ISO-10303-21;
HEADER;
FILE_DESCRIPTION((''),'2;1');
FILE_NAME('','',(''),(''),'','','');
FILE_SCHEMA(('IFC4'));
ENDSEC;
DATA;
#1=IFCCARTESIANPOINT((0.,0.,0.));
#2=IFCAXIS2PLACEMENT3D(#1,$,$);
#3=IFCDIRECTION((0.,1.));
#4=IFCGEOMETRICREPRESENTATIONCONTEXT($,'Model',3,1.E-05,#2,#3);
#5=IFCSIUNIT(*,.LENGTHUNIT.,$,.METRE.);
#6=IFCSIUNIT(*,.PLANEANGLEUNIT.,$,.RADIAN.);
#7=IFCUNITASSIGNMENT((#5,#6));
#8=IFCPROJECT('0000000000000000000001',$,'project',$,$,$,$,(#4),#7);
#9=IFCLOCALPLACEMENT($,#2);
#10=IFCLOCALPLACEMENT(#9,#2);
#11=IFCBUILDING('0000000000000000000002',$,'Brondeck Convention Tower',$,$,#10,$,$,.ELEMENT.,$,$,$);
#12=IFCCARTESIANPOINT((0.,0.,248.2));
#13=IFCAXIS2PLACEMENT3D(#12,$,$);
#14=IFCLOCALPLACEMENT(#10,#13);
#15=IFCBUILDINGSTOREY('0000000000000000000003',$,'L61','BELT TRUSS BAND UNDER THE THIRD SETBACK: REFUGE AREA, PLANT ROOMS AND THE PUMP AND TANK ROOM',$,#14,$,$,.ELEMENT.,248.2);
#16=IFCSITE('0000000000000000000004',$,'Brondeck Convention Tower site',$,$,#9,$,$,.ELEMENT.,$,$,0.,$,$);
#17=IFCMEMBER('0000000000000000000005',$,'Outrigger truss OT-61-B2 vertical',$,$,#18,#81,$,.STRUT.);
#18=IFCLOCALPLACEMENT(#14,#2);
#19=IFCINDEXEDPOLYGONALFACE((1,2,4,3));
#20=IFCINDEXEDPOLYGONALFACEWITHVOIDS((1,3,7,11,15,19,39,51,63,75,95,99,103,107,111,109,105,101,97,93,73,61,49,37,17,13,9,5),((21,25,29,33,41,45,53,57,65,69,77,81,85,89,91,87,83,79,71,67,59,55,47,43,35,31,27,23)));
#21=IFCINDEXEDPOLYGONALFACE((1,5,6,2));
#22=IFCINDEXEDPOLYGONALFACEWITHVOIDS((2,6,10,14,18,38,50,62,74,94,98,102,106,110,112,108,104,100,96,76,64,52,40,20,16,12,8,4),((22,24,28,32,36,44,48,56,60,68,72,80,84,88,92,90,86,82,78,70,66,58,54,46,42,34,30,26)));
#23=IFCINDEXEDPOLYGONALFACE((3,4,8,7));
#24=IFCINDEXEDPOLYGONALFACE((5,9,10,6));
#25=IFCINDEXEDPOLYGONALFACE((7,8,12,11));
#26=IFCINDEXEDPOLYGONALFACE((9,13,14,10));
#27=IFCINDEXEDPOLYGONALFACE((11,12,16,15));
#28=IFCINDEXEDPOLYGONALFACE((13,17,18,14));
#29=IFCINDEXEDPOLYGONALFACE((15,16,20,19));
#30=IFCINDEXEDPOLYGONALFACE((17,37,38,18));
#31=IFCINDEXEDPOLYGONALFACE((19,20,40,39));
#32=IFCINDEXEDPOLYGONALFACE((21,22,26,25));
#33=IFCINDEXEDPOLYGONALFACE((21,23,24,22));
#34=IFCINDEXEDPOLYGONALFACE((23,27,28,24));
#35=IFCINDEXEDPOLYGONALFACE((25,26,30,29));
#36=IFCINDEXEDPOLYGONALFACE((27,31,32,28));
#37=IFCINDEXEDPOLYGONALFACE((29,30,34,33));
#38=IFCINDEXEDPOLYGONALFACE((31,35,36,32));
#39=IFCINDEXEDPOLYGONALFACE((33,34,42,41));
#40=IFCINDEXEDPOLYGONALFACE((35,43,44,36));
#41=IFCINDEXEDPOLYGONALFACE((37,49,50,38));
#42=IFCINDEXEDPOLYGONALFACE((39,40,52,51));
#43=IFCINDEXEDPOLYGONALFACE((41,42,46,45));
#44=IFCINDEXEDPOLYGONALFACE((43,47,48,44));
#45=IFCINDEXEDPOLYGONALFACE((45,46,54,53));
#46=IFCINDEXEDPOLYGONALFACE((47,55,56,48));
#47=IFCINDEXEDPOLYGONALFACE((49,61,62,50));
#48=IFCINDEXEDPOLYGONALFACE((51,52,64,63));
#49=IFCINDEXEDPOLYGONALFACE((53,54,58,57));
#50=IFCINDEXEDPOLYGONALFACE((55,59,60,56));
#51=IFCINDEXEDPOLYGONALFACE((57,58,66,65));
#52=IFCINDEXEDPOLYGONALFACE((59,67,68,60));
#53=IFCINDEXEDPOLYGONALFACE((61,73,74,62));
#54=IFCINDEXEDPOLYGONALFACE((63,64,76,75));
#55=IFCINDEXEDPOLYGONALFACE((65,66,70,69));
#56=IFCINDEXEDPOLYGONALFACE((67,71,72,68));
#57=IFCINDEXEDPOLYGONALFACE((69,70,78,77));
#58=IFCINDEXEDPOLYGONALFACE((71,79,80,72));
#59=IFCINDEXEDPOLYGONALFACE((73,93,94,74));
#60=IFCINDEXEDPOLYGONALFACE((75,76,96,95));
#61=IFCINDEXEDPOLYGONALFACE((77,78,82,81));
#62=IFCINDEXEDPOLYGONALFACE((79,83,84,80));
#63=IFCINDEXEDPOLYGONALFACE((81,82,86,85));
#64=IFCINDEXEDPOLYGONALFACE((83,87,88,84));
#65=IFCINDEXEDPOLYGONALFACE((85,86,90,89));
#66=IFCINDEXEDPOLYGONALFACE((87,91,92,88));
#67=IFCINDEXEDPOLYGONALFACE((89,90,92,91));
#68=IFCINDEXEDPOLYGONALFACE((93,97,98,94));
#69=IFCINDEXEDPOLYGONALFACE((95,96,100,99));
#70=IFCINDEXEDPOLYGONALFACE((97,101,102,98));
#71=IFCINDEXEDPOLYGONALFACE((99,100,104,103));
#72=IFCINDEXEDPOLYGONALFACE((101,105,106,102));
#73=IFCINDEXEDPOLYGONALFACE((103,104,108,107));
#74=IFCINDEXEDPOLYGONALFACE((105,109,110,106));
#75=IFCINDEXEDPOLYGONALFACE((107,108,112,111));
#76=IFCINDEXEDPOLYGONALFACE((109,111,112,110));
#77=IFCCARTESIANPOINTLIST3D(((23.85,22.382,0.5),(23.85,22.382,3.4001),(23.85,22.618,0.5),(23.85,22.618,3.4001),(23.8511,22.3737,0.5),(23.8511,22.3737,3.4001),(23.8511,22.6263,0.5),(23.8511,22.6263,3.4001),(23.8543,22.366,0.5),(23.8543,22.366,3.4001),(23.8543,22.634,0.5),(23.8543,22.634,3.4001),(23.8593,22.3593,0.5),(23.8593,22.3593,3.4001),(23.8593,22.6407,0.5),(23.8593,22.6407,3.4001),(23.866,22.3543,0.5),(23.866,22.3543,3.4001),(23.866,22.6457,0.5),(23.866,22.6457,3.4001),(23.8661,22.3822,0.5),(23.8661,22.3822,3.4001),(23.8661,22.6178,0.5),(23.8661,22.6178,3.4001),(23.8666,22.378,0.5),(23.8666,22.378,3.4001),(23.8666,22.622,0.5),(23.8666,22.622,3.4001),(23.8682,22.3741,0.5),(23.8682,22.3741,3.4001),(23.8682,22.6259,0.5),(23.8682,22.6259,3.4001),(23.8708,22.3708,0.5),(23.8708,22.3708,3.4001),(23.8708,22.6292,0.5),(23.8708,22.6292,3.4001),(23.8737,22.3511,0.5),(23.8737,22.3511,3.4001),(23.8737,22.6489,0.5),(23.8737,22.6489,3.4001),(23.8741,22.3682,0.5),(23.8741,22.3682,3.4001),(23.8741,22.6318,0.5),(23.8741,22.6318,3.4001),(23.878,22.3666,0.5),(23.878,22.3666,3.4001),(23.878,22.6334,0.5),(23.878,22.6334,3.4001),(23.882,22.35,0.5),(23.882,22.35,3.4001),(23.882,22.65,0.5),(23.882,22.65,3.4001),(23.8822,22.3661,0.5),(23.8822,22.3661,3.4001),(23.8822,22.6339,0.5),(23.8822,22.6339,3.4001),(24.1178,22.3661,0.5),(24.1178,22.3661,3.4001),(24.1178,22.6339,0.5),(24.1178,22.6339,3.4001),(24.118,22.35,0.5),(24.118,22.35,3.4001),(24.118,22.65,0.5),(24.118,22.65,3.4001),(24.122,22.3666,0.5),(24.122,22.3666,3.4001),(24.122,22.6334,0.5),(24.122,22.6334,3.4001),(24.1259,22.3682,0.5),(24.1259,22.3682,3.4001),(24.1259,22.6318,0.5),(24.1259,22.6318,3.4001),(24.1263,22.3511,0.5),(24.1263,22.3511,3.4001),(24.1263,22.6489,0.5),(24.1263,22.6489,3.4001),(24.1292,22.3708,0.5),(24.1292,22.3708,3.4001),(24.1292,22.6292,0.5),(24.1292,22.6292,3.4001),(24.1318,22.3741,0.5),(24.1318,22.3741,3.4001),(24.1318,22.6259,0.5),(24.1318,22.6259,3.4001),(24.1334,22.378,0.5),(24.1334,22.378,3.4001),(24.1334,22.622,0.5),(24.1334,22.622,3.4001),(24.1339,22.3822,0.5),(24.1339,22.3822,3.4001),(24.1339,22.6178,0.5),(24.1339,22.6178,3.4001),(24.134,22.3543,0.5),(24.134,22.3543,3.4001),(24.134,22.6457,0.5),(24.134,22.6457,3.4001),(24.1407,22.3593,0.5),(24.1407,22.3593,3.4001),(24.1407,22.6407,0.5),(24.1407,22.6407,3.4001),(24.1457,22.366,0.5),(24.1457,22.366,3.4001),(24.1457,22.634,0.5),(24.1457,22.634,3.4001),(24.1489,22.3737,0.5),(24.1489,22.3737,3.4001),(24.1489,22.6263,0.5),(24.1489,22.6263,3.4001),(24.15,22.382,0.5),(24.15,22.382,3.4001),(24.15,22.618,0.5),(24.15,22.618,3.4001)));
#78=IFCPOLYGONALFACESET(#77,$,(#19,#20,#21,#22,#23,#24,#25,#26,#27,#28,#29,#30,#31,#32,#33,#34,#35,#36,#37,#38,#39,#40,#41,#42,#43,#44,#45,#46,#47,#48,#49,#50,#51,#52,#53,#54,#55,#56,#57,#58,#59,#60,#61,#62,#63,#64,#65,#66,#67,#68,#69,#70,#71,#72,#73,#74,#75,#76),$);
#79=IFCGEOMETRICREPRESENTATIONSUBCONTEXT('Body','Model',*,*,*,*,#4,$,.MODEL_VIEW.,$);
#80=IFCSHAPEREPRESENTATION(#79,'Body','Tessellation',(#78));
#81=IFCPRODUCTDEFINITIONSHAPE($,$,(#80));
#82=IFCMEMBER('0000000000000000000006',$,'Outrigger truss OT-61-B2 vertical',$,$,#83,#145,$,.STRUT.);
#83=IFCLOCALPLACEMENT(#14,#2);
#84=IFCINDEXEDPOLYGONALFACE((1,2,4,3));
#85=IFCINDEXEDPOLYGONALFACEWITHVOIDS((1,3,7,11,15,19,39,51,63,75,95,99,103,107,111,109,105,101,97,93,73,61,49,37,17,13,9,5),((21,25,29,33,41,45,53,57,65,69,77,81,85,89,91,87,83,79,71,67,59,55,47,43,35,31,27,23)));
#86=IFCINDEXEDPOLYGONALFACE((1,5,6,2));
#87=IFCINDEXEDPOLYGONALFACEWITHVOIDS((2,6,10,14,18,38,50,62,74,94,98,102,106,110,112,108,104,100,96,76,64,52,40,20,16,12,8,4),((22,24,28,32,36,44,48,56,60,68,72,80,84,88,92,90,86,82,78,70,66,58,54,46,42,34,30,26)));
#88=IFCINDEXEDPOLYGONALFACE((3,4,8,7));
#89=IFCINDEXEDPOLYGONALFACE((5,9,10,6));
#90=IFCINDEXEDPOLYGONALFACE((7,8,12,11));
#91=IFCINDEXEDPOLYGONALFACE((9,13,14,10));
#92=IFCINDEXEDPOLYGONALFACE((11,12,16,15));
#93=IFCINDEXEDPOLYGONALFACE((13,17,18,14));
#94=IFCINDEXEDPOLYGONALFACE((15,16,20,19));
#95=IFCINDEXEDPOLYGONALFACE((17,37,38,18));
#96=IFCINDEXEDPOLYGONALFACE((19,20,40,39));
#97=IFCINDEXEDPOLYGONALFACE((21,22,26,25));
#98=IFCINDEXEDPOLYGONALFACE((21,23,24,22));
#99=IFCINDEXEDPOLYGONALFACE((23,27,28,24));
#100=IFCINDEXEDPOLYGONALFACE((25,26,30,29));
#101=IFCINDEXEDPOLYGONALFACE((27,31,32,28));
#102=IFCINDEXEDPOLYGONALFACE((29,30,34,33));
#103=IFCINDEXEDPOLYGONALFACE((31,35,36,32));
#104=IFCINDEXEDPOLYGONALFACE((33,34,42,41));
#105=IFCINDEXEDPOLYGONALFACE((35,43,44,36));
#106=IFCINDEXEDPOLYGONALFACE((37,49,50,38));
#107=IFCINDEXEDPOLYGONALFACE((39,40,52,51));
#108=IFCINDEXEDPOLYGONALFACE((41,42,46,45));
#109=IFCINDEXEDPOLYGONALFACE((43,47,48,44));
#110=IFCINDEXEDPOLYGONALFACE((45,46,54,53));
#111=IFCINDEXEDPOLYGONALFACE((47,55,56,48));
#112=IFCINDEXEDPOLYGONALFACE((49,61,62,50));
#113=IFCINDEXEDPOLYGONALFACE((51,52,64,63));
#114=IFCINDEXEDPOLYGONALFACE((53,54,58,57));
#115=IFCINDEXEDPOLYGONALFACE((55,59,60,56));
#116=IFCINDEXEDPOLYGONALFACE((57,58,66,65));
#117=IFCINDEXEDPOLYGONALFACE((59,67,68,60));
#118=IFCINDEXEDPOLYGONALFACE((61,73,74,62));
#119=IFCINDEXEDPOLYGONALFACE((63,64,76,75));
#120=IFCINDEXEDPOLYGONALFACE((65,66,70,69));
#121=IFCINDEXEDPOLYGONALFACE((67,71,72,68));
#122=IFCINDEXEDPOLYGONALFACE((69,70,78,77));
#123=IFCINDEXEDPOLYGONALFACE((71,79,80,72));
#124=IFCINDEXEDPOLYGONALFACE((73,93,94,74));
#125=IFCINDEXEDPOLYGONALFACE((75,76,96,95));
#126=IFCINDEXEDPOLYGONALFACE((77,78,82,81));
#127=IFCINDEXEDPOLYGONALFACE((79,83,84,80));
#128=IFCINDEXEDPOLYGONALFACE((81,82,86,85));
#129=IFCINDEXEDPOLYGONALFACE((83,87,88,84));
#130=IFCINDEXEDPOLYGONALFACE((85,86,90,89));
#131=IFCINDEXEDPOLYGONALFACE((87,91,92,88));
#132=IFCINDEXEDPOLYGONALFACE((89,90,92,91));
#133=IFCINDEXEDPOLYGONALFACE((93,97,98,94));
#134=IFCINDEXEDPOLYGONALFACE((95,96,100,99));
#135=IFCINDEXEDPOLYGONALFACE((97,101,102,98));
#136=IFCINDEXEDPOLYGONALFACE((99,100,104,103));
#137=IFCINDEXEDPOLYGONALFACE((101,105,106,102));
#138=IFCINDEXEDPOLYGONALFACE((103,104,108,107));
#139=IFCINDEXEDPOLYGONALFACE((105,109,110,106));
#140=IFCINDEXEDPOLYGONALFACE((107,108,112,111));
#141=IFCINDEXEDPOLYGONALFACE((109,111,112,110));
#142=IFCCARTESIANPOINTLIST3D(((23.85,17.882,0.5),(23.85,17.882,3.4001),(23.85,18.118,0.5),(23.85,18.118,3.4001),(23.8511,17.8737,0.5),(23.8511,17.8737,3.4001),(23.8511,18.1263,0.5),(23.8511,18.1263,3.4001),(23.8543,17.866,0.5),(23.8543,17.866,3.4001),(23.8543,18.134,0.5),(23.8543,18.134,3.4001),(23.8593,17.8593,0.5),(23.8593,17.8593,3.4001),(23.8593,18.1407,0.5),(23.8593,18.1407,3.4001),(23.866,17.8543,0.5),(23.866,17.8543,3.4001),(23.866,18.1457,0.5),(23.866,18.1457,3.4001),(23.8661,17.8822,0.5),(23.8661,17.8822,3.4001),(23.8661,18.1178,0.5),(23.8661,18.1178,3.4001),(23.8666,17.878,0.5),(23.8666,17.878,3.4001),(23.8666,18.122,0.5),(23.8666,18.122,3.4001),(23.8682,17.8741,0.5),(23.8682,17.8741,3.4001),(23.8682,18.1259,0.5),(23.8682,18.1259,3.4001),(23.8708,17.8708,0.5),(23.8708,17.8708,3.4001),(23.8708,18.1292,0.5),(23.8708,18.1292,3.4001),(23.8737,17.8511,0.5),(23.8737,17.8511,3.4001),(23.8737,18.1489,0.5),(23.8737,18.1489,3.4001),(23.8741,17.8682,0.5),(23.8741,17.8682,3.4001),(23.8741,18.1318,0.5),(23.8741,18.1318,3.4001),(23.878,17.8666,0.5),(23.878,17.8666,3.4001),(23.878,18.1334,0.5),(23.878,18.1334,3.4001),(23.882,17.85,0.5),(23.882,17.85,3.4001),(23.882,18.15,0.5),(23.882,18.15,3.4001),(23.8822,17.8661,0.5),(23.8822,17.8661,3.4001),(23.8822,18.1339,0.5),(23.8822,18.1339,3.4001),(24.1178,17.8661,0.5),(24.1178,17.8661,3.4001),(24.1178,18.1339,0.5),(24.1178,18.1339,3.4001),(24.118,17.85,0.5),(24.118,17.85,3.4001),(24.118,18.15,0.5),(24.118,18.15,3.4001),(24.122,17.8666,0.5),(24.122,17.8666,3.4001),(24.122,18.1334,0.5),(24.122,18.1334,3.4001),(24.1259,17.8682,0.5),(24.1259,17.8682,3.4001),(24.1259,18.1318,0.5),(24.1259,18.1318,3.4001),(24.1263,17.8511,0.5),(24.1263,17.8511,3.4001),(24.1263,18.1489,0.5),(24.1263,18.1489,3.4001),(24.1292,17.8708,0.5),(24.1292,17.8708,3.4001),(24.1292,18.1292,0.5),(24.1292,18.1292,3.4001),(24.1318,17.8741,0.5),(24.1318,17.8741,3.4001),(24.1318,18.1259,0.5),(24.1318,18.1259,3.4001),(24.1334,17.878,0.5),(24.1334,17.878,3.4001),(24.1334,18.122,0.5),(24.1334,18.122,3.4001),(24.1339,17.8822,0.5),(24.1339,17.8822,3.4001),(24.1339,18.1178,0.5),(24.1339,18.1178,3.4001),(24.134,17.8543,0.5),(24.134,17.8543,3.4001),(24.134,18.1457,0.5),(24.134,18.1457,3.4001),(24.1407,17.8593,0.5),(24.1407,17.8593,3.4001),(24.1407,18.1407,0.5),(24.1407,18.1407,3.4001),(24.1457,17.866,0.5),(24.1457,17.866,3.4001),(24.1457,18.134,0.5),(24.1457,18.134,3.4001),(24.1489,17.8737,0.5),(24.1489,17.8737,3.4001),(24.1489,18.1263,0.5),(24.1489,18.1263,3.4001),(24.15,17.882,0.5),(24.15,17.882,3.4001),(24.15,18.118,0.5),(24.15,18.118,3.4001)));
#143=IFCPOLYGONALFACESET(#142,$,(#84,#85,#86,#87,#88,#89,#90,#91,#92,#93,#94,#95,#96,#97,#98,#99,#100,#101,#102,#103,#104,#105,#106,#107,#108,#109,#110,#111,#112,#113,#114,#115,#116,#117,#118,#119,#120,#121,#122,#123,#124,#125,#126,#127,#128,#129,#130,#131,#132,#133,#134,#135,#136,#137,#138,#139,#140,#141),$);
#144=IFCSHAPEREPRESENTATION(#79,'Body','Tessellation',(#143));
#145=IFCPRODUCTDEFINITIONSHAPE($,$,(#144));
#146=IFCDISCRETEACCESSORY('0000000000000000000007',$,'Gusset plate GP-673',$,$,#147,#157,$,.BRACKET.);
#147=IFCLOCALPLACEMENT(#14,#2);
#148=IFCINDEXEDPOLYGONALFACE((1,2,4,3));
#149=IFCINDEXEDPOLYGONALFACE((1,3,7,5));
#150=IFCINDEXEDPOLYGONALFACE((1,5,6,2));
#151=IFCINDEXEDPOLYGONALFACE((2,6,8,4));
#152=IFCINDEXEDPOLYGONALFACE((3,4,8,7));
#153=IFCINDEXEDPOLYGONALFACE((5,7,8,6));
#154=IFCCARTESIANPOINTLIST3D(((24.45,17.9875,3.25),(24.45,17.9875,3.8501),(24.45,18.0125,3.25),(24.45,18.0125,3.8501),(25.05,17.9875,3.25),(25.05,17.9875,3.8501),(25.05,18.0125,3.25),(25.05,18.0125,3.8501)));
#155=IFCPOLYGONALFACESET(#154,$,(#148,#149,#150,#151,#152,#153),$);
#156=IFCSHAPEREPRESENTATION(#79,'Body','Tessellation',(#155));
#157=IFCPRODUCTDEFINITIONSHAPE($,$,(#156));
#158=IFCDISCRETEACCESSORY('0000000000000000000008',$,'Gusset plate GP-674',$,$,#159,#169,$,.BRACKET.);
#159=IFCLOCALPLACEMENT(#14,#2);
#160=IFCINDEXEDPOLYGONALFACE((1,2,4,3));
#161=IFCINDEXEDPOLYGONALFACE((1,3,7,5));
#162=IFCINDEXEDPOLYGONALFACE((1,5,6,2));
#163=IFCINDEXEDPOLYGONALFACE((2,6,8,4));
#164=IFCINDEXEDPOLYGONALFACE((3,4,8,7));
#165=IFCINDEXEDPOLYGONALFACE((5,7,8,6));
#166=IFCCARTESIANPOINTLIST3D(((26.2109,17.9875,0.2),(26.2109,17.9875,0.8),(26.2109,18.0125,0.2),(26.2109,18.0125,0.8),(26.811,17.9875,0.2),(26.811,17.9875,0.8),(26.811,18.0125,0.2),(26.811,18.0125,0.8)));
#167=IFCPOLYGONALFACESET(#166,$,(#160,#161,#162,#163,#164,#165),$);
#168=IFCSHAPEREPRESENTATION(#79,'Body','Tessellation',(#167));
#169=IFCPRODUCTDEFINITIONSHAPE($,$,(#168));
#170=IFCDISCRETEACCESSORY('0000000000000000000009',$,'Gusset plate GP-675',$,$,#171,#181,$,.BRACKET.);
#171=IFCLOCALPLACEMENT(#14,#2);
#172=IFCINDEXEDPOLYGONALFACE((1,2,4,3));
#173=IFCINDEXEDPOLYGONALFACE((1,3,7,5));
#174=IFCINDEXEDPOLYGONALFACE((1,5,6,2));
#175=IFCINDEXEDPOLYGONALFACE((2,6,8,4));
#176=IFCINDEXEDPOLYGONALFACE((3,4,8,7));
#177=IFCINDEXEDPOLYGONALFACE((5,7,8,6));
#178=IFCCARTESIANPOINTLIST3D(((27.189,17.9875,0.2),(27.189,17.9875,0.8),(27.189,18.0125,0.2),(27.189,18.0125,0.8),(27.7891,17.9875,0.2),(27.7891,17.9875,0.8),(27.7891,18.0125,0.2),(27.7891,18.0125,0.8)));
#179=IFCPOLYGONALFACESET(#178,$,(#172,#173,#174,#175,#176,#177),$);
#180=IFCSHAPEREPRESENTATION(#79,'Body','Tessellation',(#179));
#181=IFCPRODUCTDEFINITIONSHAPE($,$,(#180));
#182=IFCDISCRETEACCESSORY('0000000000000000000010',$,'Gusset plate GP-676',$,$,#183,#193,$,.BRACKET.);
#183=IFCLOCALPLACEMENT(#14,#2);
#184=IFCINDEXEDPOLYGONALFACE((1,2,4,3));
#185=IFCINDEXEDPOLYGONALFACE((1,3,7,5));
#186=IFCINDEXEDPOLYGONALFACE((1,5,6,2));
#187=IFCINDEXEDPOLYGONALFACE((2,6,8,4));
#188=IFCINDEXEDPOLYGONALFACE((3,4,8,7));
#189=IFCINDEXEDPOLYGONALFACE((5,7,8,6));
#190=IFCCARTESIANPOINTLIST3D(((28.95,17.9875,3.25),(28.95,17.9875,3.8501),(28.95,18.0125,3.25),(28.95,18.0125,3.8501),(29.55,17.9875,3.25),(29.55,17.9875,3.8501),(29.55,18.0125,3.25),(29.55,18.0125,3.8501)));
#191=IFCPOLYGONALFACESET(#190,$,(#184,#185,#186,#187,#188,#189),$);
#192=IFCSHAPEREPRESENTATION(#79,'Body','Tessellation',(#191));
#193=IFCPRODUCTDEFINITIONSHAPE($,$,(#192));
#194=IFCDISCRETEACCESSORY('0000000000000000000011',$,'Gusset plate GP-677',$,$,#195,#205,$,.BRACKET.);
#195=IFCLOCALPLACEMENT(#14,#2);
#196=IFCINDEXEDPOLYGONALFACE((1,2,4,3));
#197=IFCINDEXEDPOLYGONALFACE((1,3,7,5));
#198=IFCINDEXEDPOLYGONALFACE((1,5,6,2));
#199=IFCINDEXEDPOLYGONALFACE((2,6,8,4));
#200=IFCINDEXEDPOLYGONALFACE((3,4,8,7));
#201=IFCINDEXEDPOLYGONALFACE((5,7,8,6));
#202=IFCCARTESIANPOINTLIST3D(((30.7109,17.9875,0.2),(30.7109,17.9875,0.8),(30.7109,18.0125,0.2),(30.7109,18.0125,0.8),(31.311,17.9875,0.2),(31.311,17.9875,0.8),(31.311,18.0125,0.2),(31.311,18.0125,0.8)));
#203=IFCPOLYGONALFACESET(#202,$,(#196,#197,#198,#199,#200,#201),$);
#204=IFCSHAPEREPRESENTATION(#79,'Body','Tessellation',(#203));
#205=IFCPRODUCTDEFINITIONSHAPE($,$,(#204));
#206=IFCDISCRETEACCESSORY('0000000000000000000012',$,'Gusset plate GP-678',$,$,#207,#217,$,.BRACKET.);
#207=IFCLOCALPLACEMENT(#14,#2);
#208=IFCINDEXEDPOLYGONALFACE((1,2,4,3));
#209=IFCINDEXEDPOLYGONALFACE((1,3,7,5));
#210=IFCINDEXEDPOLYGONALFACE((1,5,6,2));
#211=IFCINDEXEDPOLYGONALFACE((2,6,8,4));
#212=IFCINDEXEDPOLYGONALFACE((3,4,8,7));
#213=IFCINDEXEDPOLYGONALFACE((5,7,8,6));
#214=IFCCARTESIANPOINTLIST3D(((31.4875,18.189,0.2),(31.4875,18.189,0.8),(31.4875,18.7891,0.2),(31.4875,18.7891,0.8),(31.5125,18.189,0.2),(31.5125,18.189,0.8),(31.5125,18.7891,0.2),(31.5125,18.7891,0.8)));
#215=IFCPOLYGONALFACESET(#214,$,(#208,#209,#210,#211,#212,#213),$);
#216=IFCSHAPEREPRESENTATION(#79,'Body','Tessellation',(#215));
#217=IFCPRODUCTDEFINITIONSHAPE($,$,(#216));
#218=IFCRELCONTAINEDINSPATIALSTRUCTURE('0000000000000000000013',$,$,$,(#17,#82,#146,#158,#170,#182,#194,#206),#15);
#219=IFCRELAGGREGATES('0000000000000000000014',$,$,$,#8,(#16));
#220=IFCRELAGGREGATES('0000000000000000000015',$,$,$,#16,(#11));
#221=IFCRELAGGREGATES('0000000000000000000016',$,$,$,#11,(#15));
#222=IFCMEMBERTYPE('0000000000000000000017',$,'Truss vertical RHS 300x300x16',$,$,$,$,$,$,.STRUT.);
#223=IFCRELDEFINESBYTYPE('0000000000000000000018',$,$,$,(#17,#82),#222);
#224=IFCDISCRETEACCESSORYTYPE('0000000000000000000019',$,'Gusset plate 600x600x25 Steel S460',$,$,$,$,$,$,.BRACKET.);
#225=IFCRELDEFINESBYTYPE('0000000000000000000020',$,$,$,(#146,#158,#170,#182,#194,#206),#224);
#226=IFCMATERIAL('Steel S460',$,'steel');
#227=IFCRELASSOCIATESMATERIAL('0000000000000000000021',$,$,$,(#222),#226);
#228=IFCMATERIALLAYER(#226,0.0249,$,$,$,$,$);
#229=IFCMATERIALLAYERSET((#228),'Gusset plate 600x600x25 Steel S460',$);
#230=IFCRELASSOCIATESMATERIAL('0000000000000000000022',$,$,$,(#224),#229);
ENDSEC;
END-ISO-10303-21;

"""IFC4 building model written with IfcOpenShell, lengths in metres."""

from ifc_helpers import new_model, si_unit, direction, frame, origin, origin_2d, place, context, subcontext, project, spatial, rectangle, hollow_rectangle, extrude, material, layer, layer_set, material_profile, profile_set, type_object, element, save


model = new_model("IFC4")

# Units and contexts
model_context = context("Model", 3, precision=1e-05, world=origin(), true_north=direction((0.0, 1.0)))
body_context = subcontext(model_context, "Body", "Model", "MODEL_VIEW")
ifc_project = project(units=[si_unit("LENGTHUNIT", "METRE"), si_unit("PLANEANGLEUNIT", "RADIAN")], contexts=[model_context])

# Site, building, storey
site_placement = place(None, origin())
site = spatial("IfcSite", under=ifc_project, at=site_placement, Name="Brondeck Convention Tower site", CompositionType="ELEMENT", RefElevation=0.0)
building_placement = place(site_placement, origin())
building = spatial("IfcBuilding", under=site, at=building_placement, Name="Brondeck Convention Tower", CompositionType="ELEMENT")
storey_placement = place(building_placement, frame((0.0, 0.0, 248.2)))
storey = spatial("IfcBuildingStorey", under=building, at=storey_placement, Name="L61", Description="BELT TRUSS BAND UNDER THE THIRD SETBACK: REFUGE AREA, PLANT ROOMS AND THE PUMP AND TANK ROOM", CompositionType="ELEMENT", Elevation=248.2)

# Shared definitions
ifc_material_1 = material(Name="Steel S460", Category="steel")

# Members
ifc_material_profile_1 = material_profile(ifc_material_1, hollow_rectangle(XDim=0.3, YDim=0.3, WallThickness=0.0161, InnerFilletRadius=0.0161, OuterFilletRadius=0.032, at=origin_2d()), Name="RHS 300x300x16")
ifc_profile_set_1 = profile_set([ifc_material_profile_1], Name="Steel S460")
member_type_1 = type_object("IfcMemberType", Name="Truss vertical RHS 300x300x16", PredefinedType="STRUT", material=ifc_profile_set_1)
for number, where, z_axis, x_axis, name in (
    (1, (24.0, 22.5, 0.5), (0.0, 0.0, 1.0), (1.0, 0.0, 0.0), "Outrigger truss OT-61-B2 vertical"),
    (2, (24.0, 18.0, 0.5), (0.0, 0.0, 1.0), (1.0, 0.0, 0.0), "Outrigger truss OT-61-B2 vertical"),
):
    element("IfcMember", number, at=place(storey_placement, frame(where, z_axis=z_axis, x_axis=x_axis)), inside=storey, type_object=member_type_1, Name=name, PredefinedType="STRUT", context=body_context, shape_type="SweptSolid", body=[
        extrude(hollow_rectangle(XDim=0.3, YDim=0.3, WallThickness=0.0161, InnerFilletRadius=0.0161, OuterFilletRadius=0.032, at=origin_2d()), origin(), (0.0, 0.0, 1.0), 2.9001),
    ])

# Discrete accessories
ifc_layer = layer(ifc_material_1, 0.0249)
ifc_layer_set = layer_set([ifc_layer], Name="Gusset plate 600x600x25 Steel S460")
discrete_accessory_type = type_object("IfcDiscreteAccessoryType", Name="Gusset plate 600x600x25 Steel S460", PredefinedType="BRACKET", material=ifc_layer_set)
for number, where, z_axis, x_axis, name in (
    (3, (24.75, 18.0, 3.25), (0.0, 0.0, 1.0), (1.0, 0.0, 0.0), "Gusset plate GP-673"),
    (4, (26.511, 18.0, 0.2), (0.0, 0.0, 1.0), (1.0, 0.0, 0.0), "Gusset plate GP-674"),
    (5, (27.489, 18.0, 0.2), (0.0, 0.0, 1.0), (1.0, 0.0, 0.0), "Gusset plate GP-675"),
    (6, (29.25, 18.0, 3.25), (0.0, 0.0, 1.0), (1.0, 0.0, 0.0), "Gusset plate GP-676"),
    (7, (31.011, 18.0, 0.2), (0.0, 0.0, 1.0), (1.0, 0.0, 0.0), "Gusset plate GP-677"),
    (8, (31.5, 18.489, 0.2), (0.0, 0.0, 1.0), (0.0, 1.0, 0.0), "Gusset plate GP-678"),
):
    element("IfcDiscreteAccessory", number, at=place(storey_placement, frame(where, z_axis=z_axis, x_axis=x_axis)), inside=storey, type_object=discrete_accessory_type, Name=name, PredefinedType="BRACKET", context=body_context, shape_type="SweptSolid", body=[
        extrude(rectangle(XDim=0.6001, YDim=0.0249, at=origin_2d()), origin(), (0.0, 0.0, 1.0), 0.6001),
    ])

save(model, "model.ifc")
